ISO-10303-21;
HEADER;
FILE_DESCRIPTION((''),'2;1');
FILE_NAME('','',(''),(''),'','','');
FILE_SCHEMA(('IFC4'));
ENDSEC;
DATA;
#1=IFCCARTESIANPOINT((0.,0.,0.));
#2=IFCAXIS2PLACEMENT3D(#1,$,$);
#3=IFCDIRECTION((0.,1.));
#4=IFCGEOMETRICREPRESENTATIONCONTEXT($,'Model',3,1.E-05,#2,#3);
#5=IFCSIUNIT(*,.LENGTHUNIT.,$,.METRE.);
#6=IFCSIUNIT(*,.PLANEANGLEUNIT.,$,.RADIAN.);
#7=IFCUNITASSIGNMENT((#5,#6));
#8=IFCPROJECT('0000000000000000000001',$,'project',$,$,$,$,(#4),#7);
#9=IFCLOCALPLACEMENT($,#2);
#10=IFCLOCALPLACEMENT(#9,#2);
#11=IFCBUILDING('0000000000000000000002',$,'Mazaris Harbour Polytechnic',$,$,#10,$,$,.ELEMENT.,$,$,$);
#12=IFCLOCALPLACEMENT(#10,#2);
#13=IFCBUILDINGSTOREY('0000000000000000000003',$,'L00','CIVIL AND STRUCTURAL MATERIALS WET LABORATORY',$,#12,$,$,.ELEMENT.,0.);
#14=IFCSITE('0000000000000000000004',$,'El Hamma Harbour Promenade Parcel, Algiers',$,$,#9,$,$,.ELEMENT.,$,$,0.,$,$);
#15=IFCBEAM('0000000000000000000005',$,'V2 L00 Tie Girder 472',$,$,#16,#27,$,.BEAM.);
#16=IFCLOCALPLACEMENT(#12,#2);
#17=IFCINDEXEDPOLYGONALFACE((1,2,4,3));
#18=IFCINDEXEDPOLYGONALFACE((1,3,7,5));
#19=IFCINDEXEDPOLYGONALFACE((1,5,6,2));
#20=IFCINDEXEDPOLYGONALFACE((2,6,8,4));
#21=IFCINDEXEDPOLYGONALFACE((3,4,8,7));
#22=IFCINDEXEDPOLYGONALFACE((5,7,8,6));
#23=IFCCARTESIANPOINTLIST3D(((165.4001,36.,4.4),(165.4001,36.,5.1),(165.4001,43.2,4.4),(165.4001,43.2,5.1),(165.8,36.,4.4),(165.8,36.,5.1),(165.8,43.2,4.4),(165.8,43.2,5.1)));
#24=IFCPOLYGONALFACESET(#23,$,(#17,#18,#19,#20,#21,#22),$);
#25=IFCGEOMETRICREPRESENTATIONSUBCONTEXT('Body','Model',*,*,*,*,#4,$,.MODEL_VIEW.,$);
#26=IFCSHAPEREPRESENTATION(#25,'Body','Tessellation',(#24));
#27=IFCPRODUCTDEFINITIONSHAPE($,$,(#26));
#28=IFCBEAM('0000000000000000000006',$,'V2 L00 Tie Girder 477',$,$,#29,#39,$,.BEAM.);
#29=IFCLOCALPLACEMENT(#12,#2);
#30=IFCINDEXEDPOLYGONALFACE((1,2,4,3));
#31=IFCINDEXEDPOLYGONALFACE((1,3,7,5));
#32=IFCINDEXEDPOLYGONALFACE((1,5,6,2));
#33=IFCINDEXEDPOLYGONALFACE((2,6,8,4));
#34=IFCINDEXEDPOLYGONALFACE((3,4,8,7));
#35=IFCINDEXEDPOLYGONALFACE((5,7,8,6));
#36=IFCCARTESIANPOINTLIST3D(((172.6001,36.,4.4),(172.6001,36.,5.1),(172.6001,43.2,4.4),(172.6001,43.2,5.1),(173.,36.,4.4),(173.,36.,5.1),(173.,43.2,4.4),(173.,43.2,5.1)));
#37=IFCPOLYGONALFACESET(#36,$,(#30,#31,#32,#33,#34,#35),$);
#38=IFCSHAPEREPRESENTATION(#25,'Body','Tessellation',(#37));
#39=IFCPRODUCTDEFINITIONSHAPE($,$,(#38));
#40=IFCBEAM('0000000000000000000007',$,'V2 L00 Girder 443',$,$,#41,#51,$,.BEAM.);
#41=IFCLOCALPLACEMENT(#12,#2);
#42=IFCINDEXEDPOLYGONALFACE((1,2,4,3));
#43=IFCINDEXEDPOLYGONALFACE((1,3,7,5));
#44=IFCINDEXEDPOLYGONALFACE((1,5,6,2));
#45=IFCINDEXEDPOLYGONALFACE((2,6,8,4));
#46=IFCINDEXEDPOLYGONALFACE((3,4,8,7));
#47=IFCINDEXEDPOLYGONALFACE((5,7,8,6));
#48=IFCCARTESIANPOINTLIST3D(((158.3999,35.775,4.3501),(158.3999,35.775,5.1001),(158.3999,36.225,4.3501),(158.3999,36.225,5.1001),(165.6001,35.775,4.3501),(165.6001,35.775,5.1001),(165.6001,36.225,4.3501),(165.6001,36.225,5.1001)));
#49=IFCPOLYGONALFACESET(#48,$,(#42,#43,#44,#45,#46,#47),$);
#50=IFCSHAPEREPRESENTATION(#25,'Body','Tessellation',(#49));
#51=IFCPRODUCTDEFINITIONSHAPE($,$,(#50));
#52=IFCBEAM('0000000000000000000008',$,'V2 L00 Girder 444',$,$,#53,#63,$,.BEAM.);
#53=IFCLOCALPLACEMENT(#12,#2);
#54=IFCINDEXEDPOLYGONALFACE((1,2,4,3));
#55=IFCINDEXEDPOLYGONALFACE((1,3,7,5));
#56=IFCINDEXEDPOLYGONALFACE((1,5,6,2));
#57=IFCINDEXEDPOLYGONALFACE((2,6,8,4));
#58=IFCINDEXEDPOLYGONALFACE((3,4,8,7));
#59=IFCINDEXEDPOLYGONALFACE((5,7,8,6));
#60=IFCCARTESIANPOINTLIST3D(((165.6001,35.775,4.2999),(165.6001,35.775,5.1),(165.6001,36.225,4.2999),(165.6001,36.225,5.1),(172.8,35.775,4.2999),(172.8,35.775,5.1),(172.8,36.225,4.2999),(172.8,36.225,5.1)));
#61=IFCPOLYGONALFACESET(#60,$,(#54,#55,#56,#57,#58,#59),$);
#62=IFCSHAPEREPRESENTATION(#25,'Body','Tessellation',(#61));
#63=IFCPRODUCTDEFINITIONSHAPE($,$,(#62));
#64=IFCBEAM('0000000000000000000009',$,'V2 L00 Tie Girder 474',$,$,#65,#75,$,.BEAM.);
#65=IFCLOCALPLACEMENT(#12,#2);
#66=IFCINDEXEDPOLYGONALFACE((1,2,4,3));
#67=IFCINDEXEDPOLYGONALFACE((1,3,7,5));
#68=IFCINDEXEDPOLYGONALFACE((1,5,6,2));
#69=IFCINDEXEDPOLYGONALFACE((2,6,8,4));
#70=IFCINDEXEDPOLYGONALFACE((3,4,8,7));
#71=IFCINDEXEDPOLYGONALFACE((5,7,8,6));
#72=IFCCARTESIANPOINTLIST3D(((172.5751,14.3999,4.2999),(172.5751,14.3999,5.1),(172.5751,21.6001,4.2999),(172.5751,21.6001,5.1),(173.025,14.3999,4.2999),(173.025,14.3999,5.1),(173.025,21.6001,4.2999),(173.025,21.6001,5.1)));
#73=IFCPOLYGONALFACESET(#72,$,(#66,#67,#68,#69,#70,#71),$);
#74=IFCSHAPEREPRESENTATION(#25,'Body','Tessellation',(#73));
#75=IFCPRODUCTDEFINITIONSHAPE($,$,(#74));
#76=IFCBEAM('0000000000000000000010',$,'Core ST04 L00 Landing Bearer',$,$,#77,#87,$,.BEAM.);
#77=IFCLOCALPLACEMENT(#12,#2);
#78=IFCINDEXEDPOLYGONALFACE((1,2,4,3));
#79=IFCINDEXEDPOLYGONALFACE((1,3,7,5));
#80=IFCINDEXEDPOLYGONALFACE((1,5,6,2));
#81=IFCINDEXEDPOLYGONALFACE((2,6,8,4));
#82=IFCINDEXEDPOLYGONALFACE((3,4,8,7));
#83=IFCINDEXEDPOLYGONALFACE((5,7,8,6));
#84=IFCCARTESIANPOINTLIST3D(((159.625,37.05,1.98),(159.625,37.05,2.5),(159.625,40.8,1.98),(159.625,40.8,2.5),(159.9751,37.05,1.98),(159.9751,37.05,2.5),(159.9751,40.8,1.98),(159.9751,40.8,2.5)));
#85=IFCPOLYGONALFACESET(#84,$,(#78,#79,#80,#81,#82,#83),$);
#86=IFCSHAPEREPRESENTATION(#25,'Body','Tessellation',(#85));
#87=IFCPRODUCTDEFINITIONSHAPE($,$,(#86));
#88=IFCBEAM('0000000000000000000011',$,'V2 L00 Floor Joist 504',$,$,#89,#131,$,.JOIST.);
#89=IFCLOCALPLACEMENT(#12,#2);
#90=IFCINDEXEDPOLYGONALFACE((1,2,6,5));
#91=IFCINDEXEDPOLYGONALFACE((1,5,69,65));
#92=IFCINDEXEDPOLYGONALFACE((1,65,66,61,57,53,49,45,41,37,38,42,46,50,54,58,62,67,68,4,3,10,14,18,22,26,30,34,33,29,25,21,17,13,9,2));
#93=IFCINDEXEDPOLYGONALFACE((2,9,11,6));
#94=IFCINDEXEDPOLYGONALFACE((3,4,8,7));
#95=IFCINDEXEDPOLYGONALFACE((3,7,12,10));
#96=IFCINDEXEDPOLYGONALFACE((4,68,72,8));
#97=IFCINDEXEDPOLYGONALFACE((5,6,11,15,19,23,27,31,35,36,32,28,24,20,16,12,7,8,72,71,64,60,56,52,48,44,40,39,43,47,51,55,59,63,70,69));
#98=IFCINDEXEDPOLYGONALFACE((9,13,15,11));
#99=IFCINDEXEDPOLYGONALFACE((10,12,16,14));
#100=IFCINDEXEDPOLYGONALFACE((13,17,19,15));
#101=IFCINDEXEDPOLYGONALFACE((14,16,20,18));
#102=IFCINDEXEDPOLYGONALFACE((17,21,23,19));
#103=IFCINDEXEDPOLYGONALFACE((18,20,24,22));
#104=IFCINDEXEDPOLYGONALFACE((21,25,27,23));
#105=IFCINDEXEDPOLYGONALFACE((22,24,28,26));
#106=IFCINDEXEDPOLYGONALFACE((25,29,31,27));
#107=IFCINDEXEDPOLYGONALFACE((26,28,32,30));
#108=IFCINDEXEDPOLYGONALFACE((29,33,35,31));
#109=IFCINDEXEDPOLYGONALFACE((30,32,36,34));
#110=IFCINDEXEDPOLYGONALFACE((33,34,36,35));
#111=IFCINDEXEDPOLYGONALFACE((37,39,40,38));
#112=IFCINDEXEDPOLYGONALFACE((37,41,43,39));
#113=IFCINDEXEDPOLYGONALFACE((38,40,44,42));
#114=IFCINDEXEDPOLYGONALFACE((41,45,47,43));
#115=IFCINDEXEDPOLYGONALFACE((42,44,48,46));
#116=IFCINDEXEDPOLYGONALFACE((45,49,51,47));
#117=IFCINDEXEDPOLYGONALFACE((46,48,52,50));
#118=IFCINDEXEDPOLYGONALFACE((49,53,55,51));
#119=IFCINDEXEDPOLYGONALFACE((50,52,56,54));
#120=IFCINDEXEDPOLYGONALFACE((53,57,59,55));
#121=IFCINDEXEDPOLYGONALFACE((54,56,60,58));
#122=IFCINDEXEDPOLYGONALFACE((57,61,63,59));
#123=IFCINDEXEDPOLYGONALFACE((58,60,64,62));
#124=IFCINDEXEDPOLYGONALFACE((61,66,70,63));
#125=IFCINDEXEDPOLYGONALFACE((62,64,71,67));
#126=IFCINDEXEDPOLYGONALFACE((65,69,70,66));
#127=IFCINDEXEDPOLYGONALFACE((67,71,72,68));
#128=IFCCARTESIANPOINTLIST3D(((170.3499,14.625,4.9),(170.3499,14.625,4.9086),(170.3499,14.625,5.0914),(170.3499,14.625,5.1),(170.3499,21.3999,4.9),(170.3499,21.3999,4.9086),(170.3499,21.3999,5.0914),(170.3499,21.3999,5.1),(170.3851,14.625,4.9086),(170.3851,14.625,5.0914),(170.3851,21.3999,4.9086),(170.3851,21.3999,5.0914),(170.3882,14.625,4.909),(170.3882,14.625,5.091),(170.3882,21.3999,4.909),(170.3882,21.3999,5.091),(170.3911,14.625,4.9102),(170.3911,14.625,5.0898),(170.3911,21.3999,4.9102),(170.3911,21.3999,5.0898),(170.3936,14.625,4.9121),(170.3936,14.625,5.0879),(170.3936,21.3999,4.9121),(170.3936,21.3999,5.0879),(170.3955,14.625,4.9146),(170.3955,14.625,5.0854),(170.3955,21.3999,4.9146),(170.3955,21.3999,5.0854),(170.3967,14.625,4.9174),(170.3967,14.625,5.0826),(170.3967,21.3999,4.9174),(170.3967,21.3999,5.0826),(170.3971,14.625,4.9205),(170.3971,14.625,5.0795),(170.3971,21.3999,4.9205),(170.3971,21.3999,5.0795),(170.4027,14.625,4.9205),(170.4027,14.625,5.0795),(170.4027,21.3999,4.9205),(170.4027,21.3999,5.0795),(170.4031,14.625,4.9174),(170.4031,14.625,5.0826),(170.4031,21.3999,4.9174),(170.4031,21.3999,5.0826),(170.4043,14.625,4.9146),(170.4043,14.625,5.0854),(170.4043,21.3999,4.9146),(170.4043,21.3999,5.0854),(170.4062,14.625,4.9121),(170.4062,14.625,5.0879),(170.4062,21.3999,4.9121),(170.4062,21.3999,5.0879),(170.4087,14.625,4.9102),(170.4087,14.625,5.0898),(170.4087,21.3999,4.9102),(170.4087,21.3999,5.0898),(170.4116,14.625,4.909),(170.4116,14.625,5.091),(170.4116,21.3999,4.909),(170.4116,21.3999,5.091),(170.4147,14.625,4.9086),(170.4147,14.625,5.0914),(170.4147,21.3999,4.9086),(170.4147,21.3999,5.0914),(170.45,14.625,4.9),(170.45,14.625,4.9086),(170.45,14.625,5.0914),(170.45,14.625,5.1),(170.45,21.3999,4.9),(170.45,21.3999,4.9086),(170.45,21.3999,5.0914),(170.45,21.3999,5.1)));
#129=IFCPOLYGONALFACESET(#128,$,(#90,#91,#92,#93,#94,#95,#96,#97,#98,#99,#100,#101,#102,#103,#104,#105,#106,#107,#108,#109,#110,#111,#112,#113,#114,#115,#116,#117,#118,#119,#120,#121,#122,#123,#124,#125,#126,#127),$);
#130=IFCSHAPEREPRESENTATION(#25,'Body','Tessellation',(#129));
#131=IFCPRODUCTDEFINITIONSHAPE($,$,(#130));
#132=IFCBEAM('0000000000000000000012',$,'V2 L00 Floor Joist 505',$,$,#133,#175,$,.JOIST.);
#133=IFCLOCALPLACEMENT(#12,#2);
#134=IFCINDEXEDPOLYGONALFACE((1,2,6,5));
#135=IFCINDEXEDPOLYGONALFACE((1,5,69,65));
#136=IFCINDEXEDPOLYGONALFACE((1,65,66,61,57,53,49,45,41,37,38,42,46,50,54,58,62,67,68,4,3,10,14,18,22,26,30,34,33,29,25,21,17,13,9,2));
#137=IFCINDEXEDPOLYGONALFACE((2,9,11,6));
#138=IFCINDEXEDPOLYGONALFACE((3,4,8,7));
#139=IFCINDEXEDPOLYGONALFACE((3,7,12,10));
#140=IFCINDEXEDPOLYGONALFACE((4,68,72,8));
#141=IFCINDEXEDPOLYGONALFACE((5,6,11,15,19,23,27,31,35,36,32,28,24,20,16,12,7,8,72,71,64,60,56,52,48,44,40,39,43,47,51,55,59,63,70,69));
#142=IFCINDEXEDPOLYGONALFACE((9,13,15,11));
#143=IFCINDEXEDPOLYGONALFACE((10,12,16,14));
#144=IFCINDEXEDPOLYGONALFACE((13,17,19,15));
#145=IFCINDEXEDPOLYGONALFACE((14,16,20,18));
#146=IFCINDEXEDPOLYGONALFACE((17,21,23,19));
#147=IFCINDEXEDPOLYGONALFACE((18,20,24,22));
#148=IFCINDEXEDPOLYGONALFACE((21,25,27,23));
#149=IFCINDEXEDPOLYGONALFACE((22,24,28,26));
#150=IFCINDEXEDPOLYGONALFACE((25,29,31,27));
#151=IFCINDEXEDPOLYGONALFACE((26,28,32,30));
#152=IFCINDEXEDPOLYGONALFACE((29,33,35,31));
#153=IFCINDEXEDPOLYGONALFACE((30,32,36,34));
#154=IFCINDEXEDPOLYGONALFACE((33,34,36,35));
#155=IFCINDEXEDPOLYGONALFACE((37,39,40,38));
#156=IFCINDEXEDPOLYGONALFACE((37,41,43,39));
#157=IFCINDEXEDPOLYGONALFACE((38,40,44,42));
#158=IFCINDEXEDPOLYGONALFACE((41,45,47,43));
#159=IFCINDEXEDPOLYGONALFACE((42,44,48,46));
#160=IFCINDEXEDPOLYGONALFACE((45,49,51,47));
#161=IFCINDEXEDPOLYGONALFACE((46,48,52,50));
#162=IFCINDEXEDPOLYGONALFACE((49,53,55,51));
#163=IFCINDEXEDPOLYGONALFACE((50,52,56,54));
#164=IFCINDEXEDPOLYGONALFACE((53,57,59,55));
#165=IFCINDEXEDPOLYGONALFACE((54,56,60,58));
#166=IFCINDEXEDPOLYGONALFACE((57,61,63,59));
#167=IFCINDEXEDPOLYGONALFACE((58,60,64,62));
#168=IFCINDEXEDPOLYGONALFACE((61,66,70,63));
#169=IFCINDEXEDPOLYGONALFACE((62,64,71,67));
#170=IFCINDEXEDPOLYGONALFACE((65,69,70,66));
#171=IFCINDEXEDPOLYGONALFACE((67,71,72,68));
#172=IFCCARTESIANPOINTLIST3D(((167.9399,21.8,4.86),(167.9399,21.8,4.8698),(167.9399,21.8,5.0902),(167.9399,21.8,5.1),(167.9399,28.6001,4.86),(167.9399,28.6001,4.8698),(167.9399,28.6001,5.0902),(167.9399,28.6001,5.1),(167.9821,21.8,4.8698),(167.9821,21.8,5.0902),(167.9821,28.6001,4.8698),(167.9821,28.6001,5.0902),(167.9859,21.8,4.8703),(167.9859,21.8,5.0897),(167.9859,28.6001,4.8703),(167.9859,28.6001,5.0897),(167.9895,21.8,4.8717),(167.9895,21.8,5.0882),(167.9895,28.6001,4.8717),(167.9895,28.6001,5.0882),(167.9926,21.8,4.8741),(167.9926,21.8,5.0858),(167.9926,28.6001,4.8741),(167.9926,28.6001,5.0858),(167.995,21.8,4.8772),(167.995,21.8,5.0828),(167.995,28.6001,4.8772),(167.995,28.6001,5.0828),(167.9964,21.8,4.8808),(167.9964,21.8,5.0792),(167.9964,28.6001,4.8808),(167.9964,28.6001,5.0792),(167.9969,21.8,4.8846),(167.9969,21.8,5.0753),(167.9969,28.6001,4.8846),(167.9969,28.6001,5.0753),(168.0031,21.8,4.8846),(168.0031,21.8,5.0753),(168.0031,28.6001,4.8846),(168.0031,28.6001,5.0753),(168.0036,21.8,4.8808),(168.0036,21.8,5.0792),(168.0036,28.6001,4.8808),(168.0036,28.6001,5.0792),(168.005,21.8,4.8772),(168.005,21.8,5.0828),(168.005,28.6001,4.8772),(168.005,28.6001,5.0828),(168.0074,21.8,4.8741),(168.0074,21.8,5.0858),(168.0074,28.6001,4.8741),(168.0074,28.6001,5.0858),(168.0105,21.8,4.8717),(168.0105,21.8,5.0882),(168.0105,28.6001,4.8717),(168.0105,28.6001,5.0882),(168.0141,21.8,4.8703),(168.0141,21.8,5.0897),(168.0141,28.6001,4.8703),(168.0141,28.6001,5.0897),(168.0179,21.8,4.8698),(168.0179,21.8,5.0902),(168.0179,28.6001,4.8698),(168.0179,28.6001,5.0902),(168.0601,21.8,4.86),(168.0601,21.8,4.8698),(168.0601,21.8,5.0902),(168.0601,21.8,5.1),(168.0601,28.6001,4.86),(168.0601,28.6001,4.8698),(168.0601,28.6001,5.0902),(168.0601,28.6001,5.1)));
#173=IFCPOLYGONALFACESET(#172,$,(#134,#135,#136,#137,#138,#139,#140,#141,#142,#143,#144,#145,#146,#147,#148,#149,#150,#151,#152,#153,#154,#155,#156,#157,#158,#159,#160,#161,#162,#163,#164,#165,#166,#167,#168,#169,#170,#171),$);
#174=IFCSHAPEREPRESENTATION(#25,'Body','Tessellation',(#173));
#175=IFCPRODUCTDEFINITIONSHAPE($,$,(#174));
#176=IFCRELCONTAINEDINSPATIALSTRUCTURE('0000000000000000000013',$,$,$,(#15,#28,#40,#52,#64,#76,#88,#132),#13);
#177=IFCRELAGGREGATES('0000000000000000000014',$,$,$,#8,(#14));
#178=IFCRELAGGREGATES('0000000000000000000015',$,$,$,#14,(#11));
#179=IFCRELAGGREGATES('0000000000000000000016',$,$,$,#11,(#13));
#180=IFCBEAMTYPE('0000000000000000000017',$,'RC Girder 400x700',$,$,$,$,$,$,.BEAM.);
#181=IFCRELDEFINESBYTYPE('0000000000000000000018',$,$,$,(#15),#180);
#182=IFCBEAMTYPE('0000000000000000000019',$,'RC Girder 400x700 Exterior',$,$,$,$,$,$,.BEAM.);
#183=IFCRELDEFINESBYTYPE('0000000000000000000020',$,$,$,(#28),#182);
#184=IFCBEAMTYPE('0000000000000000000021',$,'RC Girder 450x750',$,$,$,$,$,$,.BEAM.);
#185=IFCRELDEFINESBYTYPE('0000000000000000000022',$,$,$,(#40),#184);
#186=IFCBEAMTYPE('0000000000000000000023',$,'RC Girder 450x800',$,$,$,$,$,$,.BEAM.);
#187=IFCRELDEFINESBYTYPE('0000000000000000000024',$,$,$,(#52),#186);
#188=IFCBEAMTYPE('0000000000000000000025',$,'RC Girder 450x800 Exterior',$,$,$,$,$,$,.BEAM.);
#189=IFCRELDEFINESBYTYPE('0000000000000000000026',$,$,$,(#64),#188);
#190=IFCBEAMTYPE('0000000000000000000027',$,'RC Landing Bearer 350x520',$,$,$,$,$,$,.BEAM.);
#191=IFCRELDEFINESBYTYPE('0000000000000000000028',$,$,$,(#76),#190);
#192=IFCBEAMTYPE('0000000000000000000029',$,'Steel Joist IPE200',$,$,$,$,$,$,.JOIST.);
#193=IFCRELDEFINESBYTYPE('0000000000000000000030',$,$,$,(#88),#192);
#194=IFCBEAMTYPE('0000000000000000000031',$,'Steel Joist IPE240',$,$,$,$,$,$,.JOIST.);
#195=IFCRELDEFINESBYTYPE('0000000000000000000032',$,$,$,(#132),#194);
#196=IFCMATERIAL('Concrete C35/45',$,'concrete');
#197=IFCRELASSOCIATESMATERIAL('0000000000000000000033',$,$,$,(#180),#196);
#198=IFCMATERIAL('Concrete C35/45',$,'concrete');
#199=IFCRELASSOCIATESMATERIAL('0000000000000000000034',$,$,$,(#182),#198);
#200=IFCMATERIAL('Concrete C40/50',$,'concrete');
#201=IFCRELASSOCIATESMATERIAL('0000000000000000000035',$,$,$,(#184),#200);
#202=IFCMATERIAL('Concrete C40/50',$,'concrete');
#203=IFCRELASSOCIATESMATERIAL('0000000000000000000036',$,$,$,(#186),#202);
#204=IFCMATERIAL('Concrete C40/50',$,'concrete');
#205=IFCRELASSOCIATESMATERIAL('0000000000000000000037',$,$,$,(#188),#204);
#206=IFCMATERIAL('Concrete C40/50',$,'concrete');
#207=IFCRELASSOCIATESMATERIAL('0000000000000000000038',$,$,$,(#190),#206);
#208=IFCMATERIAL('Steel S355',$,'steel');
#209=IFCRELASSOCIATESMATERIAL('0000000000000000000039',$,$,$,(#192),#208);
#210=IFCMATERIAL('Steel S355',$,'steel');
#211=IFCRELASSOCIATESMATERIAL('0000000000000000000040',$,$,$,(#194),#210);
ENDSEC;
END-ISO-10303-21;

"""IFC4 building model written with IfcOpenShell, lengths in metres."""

from ifc_helpers import new_model, si_unit, direction, frame, origin, origin_2d, place, context, subcontext, project, spatial, rectangle, i_section, extrude, material, material_profile, profile_set, type_object, element, save


model = new_model("IFC4")

# Units and contexts
model_context = context("Model", 3, precision=1e-05, world=origin(), true_north=direction((0.0, 1.0)))
body_context = subcontext(model_context, "Body", "Model", "MODEL_VIEW")
ifc_project = project(units=[si_unit("LENGTHUNIT", "METRE"), si_unit("PLANEANGLEUNIT", "RADIAN")], contexts=[model_context])

# Site, building, storey
site_placement = place(None, origin())
site = spatial("IfcSite", under=ifc_project, at=site_placement, Name="El Hamma Harbour Promenade Parcel, Algiers", CompositionType="ELEMENT", RefElevation=0.0)
building_placement = place(site_placement, origin())
building = spatial("IfcBuilding", under=site, at=building_placement, Name="Mazaris Harbour Polytechnic", CompositionType="ELEMENT")
storey_placement = place(building_placement, origin())
storey = spatial("IfcBuildingStorey", under=building, at=storey_placement, Name="L00", Description="CIVIL AND STRUCTURAL MATERIALS WET LABORATORY", CompositionType="ELEMENT", Elevation=0.0)

# Beams
ifc_material_1 = material(Name="Concrete C35/45", Category="concrete")
ifc_material_profile_1 = material_profile(ifc_material_1, rectangle(XDim=0.3999, YDim=0.7, at=origin_2d()), Name="RECT400x700")
ifc_profile_set_1 = profile_set([ifc_material_profile_1], Name="Concrete C35/45")
beam_type_1 = type_object("IfcBeamType", Name="RC Girder 400x700", PredefinedType="BEAM", material=ifc_profile_set_1)
for number, where, z_axis, x_axis, name in (
    (1, (165.6001, 36.0, 4.75), (0.0, 1.0, 0.0), (-1.0, 0.0, 0.0), "V2 L00 Tie Girder 472"),
):
    element("IfcBeam", number, at=place(storey_placement, frame(where, z_axis=z_axis, x_axis=x_axis)), inside=storey, type_object=beam_type_1, Name=name, PredefinedType="BEAM", context=body_context, shape_type="SweptSolid", body=[
        extrude(rectangle(XDim=0.3999, YDim=0.7, at=origin_2d()), origin(), (0.0, 0.0, 1.0), 7.2),
    ])
ifc_material_2 = material(Name="Concrete C35/45", Category="concrete")
ifc_material_profile_2 = material_profile(ifc_material_2, rectangle(XDim=0.3999, YDim=0.7, at=origin_2d()), Name="RECT400x700")
ifc_profile_set_2 = profile_set([ifc_material_profile_2], Name="Concrete C35/45")
beam_type_2 = type_object("IfcBeamType", Name="RC Girder 400x700 Exterior", PredefinedType="BEAM", material=ifc_profile_set_2)
beam_1_placement = place(storey_placement, frame((172.8, 36.0, 4.75), z_axis=(0.0, 1.0, 0.0), x_axis=(-1.0, 0.0, 0.0)))
element("IfcBeam", 2, at=beam_1_placement, inside=storey, type_object=beam_type_2, Name="V2 L00 Tie Girder 477", PredefinedType="BEAM", context=body_context, shape_type="SweptSolid", body=[
    extrude(rectangle(XDim=0.3999, YDim=0.7, at=origin_2d()), origin(), (0.0, 0.0, 1.0), 7.2),
])
ifc_material_3 = material(Name="Concrete C40/50", Category="concrete")
ifc_material_profile_3 = material_profile(ifc_material_3, rectangle(XDim=0.45, YDim=0.75, at=origin_2d()), Name="RECT450x750")
ifc_profile_set_3 = profile_set([ifc_material_profile_3], Name="Concrete C40/50")
beam_type_3 = type_object("IfcBeamType", Name="RC Girder 450x750", PredefinedType="BEAM", material=ifc_profile_set_3)
beam_2_placement = place(storey_placement, frame((158.3999, 36.0, 4.7251), z_axis=(1.0, 0.0, 0.0), x_axis=(0.0, 1.0, 0.0)))
element("IfcBeam", 3, at=beam_2_placement, inside=storey, type_object=beam_type_3, Name="V2 L00 Girder 443", PredefinedType="BEAM", context=body_context, shape_type="SweptSolid", body=[
    extrude(rectangle(XDim=0.45, YDim=0.75, at=origin_2d()), origin(), (0.0, 0.0, 1.0), 7.2002),
])
ifc_material_4 = material(Name="Concrete C40/50", Category="concrete")
ifc_material_profile_4 = material_profile(ifc_material_4, rectangle(XDim=0.45, YDim=0.8, at=origin_2d()), Name="RECT450x800")
ifc_profile_set_4 = profile_set([ifc_material_profile_4], Name="Concrete C40/50")
beam_type_4 = type_object("IfcBeamType", Name="RC Girder 450x800", PredefinedType="BEAM", material=ifc_profile_set_4)
beam_3_placement = place(storey_placement, frame((165.6001, 36.0, 4.7), z_axis=(1.0, 0.0, 0.0), x_axis=(0.0, 1.0, 0.0)))
element("IfcBeam", 4, at=beam_3_placement, inside=storey, type_object=beam_type_4, Name="V2 L00 Girder 444", PredefinedType="BEAM", context=body_context, shape_type="SweptSolid", body=[
    extrude(rectangle(XDim=0.45, YDim=0.8, at=origin_2d()), origin(), (0.0, 0.0, 1.0), 7.2),
])
ifc_material_5 = material(Name="Concrete C40/50", Category="concrete")
ifc_material_profile_5 = material_profile(ifc_material_5, rectangle(XDim=0.45, YDim=0.8, at=origin_2d()), Name="RECT450x800")
ifc_profile_set_5 = profile_set([ifc_material_profile_5], Name="Concrete C40/50")
beam_type_5 = type_object("IfcBeamType", Name="RC Girder 450x800 Exterior", PredefinedType="BEAM", material=ifc_profile_set_5)
beam_4_placement = place(storey_placement, frame((172.8, 14.3999, 4.7), z_axis=(0.0, 1.0, 0.0), x_axis=(-1.0, 0.0, 0.0)))
element("IfcBeam", 5, at=beam_4_placement, inside=storey, type_object=beam_type_5, Name="V2 L00 Tie Girder 474", PredefinedType="BEAM", context=body_context, shape_type="SweptSolid", body=[
    extrude(rectangle(XDim=0.45, YDim=0.8, at=origin_2d()), origin(), (0.0, 0.0, 1.0), 7.2002),
])
ifc_material_6 = material(Name="Concrete C40/50", Category="concrete")
ifc_material_profile_6 = material_profile(ifc_material_6, rectangle(XDim=0.3501, YDim=0.52, at=origin_2d()), Name="RECT350x520")
ifc_profile_set_6 = profile_set([ifc_material_profile_6], Name="Concrete C40/50")
beam_type_6 = type_object("IfcBeamType", Name="RC Landing Bearer 350x520", PredefinedType="BEAM", material=ifc_profile_set_6)
beam_5_placement = place(storey_placement, frame((159.8, 37.05, 2.24), z_axis=(0.0, 1.0, 0.0), x_axis=(-1.0, 0.0, 0.0)))
element("IfcBeam", 6, at=beam_5_placement, inside=storey, type_object=beam_type_6, Name="Core ST04 L00 Landing Bearer", PredefinedType="BEAM", context=body_context, shape_type="SweptSolid", body=[
    extrude(rectangle(XDim=0.3501, YDim=0.52, at=origin_2d()), origin(), (0.0, 0.0, 1.0), 3.75),
])
ifc_material_7 = material(Name="Steel S355", Category="steel")
ifc_material_profile_7 = material_profile(ifc_material_7, i_section(OverallWidth=0.1001, OverallDepth=0.2, WebThickness=0.0056, FlangeThickness=0.0085, FilletRadius=0.012, at=origin_2d()), Name="IPE 200")
ifc_profile_set_7 = profile_set([ifc_material_profile_7], Name="Steel S355")
beam_type_7 = type_object("IfcBeamType", Name="Steel Joist IPE200", PredefinedType="JOIST", material=ifc_profile_set_7)
beam_6_placement = place(storey_placement, frame((170.3999, 14.625, 5.0), z_axis=(0.0, 1.0, 0.0), x_axis=(-1.0, 0.0, 0.0)))
element("IfcBeam", 7, at=beam_6_placement, inside=storey, type_object=beam_type_7, Name="V2 L00 Floor Joist 504", PredefinedType="JOIST", context=body_context, shape_type="SweptSolid", body=[
    extrude(i_section(OverallWidth=0.1001, OverallDepth=0.2, WebThickness=0.0056, FlangeThickness=0.0085, FilletRadius=0.012, at=origin_2d()), origin(), (0.0, 0.0, 1.0), 6.7749),
])
ifc_material_8 = material(Name="Steel S355", Category="steel")
ifc_material_profile_8 = material_profile(ifc_material_8, i_section(OverallWidth=0.1201, OverallDepth=0.24, WebThickness=0.0061, FlangeThickness=0.0098, FilletRadius=0.0149, at=origin_2d()), Name="IPE 240")
ifc_profile_set_8 = profile_set([ifc_material_profile_8], Name="Steel S355")
beam_type_8 = type_object("IfcBeamType", Name="Steel Joist IPE240", PredefinedType="JOIST", material=ifc_profile_set_8)
beam_7_placement = place(storey_placement, frame((168.0, 21.8, 4.98), z_axis=(0.0, 1.0, 0.0), x_axis=(-1.0, 0.0, 0.0)))
element("IfcBeam", 8, at=beam_7_placement, inside=storey, type_object=beam_type_8, Name="V2 L00 Floor Joist 505", PredefinedType="JOIST", context=body_context, shape_type="SweptSolid", body=[
    extrude(i_section(OverallWidth=0.1201, OverallDepth=0.24, WebThickness=0.0061, FlangeThickness=0.0098, FilletRadius=0.0149, at=origin_2d()), origin(), (0.0, 0.0, 1.0), 6.8),
])

save(model, "model.ifc")
